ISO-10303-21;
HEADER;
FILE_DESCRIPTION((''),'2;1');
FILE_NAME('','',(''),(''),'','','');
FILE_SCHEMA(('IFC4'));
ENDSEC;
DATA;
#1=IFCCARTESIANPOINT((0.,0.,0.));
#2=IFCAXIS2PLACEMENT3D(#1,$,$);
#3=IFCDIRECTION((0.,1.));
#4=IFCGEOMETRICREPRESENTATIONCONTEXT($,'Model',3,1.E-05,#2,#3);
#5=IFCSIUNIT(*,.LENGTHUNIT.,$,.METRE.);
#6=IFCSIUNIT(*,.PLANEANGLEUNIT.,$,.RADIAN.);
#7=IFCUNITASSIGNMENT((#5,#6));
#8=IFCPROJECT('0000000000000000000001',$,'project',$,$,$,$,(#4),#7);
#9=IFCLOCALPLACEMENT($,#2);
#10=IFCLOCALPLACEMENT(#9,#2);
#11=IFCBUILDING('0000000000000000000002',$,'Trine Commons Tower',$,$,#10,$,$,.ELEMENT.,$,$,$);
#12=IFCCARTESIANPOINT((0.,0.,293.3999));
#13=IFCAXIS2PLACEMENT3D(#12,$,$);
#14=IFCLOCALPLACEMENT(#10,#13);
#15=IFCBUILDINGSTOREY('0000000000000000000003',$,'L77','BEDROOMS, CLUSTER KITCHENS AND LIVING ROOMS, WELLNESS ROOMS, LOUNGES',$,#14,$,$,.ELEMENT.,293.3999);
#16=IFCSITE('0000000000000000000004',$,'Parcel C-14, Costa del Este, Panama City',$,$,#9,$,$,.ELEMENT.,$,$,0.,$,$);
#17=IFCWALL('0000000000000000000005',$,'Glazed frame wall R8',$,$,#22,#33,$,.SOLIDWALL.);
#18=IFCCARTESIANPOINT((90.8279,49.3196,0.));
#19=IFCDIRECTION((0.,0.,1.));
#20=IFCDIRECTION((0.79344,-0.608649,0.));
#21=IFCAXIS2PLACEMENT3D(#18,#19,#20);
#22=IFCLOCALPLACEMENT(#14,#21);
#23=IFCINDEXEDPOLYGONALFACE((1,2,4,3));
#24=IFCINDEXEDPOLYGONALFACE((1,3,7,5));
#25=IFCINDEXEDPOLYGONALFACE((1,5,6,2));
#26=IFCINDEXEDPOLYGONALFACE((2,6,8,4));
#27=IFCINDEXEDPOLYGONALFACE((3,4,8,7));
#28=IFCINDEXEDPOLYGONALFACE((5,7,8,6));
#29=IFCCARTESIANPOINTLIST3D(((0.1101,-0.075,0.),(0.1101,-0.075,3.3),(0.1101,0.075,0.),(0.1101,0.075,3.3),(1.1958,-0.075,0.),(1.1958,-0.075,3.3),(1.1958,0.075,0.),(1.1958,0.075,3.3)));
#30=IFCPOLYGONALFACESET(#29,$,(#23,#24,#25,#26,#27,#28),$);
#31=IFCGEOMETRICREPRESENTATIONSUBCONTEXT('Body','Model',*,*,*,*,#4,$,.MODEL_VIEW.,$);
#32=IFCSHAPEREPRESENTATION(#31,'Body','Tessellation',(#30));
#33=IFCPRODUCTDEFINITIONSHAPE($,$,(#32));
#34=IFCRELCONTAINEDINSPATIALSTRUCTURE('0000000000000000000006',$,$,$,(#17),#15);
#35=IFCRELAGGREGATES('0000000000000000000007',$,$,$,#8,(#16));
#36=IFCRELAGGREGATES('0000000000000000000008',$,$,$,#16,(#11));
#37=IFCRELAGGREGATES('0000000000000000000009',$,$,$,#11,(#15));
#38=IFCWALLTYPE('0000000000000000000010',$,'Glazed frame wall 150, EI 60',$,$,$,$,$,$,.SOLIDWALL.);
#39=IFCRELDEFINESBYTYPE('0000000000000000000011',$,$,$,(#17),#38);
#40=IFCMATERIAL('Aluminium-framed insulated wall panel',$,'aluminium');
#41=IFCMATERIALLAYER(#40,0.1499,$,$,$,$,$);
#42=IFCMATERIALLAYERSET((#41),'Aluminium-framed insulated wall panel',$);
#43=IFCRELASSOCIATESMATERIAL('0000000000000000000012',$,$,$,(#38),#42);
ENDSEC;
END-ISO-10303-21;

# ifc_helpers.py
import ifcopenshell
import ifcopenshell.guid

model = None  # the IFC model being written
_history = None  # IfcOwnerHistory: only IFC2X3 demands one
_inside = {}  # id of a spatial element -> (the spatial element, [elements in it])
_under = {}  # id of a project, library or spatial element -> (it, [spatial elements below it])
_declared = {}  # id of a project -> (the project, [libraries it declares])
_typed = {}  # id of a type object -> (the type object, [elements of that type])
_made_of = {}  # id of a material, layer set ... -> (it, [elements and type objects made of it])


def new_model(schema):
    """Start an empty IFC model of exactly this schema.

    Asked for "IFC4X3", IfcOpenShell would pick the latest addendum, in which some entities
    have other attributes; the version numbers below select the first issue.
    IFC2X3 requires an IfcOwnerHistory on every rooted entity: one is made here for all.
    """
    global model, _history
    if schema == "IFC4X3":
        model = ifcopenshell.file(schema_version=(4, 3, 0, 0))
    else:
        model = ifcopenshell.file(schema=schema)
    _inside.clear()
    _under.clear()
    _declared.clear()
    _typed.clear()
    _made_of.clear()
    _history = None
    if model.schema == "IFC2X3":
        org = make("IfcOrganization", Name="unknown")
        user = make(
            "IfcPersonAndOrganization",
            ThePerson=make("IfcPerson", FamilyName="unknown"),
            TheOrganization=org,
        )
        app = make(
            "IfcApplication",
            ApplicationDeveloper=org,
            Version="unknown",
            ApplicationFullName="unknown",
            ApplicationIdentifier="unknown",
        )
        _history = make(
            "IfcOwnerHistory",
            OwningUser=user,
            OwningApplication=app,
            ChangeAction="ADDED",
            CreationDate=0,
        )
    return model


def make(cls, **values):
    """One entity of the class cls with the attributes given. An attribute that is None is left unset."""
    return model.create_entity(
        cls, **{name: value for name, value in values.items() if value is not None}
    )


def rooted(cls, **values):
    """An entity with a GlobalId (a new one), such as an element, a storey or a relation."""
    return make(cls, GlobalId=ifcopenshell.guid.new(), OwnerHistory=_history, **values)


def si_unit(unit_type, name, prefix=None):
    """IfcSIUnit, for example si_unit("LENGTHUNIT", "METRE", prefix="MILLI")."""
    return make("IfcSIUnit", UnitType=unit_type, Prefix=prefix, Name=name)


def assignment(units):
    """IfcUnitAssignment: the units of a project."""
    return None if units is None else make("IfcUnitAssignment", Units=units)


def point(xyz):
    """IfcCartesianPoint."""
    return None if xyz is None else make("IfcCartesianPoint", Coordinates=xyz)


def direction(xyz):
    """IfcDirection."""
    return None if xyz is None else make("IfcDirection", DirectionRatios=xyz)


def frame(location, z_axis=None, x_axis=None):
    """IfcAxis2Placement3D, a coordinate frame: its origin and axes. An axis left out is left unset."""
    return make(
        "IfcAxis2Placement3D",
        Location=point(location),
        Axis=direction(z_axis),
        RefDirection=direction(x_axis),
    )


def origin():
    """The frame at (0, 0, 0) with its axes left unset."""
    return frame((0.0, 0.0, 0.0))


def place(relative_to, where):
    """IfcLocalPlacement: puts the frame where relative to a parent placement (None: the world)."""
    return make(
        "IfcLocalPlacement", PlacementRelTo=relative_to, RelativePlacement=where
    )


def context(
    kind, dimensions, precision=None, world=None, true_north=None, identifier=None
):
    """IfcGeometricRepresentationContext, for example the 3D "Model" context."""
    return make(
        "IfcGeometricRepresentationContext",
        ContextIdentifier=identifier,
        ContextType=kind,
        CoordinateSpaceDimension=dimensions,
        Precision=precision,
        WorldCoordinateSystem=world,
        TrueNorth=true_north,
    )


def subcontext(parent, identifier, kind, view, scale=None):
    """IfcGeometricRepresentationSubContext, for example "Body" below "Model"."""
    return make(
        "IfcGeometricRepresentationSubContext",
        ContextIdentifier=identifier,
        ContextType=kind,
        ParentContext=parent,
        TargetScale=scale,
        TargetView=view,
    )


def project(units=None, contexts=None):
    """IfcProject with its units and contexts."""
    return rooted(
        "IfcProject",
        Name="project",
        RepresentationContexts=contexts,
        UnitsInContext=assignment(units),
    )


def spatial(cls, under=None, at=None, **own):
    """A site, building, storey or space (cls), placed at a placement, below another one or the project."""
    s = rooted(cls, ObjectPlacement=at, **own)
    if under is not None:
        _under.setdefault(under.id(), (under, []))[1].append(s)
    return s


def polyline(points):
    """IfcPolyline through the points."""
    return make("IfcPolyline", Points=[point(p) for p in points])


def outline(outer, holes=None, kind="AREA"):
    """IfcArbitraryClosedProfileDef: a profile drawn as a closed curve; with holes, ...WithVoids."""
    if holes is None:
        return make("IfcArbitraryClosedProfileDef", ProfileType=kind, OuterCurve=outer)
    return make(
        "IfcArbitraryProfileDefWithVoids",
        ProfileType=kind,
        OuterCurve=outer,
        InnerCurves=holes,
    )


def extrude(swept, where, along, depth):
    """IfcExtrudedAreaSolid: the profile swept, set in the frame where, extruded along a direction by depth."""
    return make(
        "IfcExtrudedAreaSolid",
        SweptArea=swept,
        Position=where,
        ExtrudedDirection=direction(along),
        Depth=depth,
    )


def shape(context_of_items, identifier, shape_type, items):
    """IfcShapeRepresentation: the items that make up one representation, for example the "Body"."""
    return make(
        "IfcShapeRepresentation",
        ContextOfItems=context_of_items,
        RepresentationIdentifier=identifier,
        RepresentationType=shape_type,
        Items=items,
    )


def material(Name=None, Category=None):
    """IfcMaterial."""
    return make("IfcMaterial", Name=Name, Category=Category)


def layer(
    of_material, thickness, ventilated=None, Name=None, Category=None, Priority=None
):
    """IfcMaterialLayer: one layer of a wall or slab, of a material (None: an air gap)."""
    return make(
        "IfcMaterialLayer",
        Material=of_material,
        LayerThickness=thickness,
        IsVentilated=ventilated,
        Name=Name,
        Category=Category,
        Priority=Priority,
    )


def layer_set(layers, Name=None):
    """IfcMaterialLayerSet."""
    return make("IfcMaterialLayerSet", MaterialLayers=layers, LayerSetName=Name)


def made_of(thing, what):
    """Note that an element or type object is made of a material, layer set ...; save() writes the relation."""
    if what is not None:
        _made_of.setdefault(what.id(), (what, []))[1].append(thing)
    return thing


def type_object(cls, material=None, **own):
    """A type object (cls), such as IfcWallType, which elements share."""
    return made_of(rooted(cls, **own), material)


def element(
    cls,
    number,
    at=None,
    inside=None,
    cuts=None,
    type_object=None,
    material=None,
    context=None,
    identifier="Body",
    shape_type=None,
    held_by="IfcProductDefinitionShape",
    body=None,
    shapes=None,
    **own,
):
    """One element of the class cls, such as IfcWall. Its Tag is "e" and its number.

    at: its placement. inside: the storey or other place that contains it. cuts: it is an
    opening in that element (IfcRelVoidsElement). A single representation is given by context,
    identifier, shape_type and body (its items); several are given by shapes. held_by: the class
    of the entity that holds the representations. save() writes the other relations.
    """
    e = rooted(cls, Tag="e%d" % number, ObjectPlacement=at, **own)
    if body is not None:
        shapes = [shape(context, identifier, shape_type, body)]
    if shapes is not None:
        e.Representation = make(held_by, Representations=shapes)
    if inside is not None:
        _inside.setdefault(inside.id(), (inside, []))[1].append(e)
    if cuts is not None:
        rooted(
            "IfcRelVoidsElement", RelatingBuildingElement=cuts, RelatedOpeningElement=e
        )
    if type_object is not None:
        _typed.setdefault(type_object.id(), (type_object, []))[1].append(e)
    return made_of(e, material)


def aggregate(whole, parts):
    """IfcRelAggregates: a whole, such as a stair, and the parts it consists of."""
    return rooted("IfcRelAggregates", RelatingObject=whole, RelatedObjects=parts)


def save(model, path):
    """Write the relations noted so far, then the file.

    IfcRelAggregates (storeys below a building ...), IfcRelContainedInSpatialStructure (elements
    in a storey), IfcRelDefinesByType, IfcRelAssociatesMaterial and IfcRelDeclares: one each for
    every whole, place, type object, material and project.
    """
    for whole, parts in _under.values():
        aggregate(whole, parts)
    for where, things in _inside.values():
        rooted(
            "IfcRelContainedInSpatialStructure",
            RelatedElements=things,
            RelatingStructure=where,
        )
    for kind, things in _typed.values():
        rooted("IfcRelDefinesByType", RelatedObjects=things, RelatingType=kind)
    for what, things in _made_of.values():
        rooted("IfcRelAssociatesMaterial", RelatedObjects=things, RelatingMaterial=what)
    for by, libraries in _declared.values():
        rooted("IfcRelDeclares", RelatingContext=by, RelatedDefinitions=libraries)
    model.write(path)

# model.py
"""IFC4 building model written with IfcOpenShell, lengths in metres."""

from ifc_helpers import new_model, si_unit, direction, frame, origin, place, context, subcontext, project, spatial, polyline, outline, extrude, material, layer, layer_set, type_object, element, save


model = new_model("IFC4")

# Units and contexts
model_context = context("Model", 3, precision=1e-05, world=origin(), true_north=direction((0.0, 1.0)))
body_context = subcontext(model_context, "Body", "Model", "MODEL_VIEW")
ifc_project = project(units=[si_unit("LENGTHUNIT", "METRE"), si_unit("PLANEANGLEUNIT", "RADIAN")], contexts=[model_context])

# Site, building, storey
site_placement = place(None, origin())
site = spatial("IfcSite", under=ifc_project, at=site_placement, Name="Parcel C-14, Costa del Este, Panama City", CompositionType="ELEMENT", RefElevation=0.0)
building_placement = place(site_placement, origin())
building = spatial("IfcBuilding", under=site, at=building_placement, Name="Trine Commons Tower", CompositionType="ELEMENT")
storey_placement = place(building_placement, frame((0.0, 0.0, 293.3999)))
storey = spatial("IfcBuildingStorey", under=building, at=storey_placement, Name="L77", Description="BEDROOMS, CLUSTER KITCHENS AND LIVING ROOMS, WELLNESS ROOMS, LOUNGES", CompositionType="ELEMENT", Elevation=293.3999)

# Shared definitions
ifc_material_1 = material(Name="Aluminium-framed insulated wall panel", Category="aluminium")
ifc_layer_1 = layer(ifc_material_1, 0.1499)
ifc_layer_set_1 = layer_set([ifc_layer_1], Name="Aluminium-framed insulated wall panel")
wall_type_1 = type_object("IfcWallType", Name="Glazed frame wall 150, EI 60", PredefinedType="SOLIDWALL", material=ifc_layer_set_1)

# Wall
wall_1_placement = place(storey_placement, frame((90.8279, 49.3196, 0.0), z_axis=(0.0, 0.0, 1.0), x_axis=(0.79344, -0.608649, 0.0)))
element("IfcWall", 1, at=wall_1_placement, inside=storey, type_object=wall_type_1, Name="Glazed frame wall R8", PredefinedType="SOLIDWALL", context=body_context, shape_type="SweptSolid", body=[
    extrude(outline(polyline([(0.1101, 0.075), (0.1101, -0.075), (1.1958, -0.075), (1.1958, 0.075), (0.1101, 0.075)])), origin(), (0.0, 0.0, 1.0), 3.3),
])

save(model, "model.ifc")
